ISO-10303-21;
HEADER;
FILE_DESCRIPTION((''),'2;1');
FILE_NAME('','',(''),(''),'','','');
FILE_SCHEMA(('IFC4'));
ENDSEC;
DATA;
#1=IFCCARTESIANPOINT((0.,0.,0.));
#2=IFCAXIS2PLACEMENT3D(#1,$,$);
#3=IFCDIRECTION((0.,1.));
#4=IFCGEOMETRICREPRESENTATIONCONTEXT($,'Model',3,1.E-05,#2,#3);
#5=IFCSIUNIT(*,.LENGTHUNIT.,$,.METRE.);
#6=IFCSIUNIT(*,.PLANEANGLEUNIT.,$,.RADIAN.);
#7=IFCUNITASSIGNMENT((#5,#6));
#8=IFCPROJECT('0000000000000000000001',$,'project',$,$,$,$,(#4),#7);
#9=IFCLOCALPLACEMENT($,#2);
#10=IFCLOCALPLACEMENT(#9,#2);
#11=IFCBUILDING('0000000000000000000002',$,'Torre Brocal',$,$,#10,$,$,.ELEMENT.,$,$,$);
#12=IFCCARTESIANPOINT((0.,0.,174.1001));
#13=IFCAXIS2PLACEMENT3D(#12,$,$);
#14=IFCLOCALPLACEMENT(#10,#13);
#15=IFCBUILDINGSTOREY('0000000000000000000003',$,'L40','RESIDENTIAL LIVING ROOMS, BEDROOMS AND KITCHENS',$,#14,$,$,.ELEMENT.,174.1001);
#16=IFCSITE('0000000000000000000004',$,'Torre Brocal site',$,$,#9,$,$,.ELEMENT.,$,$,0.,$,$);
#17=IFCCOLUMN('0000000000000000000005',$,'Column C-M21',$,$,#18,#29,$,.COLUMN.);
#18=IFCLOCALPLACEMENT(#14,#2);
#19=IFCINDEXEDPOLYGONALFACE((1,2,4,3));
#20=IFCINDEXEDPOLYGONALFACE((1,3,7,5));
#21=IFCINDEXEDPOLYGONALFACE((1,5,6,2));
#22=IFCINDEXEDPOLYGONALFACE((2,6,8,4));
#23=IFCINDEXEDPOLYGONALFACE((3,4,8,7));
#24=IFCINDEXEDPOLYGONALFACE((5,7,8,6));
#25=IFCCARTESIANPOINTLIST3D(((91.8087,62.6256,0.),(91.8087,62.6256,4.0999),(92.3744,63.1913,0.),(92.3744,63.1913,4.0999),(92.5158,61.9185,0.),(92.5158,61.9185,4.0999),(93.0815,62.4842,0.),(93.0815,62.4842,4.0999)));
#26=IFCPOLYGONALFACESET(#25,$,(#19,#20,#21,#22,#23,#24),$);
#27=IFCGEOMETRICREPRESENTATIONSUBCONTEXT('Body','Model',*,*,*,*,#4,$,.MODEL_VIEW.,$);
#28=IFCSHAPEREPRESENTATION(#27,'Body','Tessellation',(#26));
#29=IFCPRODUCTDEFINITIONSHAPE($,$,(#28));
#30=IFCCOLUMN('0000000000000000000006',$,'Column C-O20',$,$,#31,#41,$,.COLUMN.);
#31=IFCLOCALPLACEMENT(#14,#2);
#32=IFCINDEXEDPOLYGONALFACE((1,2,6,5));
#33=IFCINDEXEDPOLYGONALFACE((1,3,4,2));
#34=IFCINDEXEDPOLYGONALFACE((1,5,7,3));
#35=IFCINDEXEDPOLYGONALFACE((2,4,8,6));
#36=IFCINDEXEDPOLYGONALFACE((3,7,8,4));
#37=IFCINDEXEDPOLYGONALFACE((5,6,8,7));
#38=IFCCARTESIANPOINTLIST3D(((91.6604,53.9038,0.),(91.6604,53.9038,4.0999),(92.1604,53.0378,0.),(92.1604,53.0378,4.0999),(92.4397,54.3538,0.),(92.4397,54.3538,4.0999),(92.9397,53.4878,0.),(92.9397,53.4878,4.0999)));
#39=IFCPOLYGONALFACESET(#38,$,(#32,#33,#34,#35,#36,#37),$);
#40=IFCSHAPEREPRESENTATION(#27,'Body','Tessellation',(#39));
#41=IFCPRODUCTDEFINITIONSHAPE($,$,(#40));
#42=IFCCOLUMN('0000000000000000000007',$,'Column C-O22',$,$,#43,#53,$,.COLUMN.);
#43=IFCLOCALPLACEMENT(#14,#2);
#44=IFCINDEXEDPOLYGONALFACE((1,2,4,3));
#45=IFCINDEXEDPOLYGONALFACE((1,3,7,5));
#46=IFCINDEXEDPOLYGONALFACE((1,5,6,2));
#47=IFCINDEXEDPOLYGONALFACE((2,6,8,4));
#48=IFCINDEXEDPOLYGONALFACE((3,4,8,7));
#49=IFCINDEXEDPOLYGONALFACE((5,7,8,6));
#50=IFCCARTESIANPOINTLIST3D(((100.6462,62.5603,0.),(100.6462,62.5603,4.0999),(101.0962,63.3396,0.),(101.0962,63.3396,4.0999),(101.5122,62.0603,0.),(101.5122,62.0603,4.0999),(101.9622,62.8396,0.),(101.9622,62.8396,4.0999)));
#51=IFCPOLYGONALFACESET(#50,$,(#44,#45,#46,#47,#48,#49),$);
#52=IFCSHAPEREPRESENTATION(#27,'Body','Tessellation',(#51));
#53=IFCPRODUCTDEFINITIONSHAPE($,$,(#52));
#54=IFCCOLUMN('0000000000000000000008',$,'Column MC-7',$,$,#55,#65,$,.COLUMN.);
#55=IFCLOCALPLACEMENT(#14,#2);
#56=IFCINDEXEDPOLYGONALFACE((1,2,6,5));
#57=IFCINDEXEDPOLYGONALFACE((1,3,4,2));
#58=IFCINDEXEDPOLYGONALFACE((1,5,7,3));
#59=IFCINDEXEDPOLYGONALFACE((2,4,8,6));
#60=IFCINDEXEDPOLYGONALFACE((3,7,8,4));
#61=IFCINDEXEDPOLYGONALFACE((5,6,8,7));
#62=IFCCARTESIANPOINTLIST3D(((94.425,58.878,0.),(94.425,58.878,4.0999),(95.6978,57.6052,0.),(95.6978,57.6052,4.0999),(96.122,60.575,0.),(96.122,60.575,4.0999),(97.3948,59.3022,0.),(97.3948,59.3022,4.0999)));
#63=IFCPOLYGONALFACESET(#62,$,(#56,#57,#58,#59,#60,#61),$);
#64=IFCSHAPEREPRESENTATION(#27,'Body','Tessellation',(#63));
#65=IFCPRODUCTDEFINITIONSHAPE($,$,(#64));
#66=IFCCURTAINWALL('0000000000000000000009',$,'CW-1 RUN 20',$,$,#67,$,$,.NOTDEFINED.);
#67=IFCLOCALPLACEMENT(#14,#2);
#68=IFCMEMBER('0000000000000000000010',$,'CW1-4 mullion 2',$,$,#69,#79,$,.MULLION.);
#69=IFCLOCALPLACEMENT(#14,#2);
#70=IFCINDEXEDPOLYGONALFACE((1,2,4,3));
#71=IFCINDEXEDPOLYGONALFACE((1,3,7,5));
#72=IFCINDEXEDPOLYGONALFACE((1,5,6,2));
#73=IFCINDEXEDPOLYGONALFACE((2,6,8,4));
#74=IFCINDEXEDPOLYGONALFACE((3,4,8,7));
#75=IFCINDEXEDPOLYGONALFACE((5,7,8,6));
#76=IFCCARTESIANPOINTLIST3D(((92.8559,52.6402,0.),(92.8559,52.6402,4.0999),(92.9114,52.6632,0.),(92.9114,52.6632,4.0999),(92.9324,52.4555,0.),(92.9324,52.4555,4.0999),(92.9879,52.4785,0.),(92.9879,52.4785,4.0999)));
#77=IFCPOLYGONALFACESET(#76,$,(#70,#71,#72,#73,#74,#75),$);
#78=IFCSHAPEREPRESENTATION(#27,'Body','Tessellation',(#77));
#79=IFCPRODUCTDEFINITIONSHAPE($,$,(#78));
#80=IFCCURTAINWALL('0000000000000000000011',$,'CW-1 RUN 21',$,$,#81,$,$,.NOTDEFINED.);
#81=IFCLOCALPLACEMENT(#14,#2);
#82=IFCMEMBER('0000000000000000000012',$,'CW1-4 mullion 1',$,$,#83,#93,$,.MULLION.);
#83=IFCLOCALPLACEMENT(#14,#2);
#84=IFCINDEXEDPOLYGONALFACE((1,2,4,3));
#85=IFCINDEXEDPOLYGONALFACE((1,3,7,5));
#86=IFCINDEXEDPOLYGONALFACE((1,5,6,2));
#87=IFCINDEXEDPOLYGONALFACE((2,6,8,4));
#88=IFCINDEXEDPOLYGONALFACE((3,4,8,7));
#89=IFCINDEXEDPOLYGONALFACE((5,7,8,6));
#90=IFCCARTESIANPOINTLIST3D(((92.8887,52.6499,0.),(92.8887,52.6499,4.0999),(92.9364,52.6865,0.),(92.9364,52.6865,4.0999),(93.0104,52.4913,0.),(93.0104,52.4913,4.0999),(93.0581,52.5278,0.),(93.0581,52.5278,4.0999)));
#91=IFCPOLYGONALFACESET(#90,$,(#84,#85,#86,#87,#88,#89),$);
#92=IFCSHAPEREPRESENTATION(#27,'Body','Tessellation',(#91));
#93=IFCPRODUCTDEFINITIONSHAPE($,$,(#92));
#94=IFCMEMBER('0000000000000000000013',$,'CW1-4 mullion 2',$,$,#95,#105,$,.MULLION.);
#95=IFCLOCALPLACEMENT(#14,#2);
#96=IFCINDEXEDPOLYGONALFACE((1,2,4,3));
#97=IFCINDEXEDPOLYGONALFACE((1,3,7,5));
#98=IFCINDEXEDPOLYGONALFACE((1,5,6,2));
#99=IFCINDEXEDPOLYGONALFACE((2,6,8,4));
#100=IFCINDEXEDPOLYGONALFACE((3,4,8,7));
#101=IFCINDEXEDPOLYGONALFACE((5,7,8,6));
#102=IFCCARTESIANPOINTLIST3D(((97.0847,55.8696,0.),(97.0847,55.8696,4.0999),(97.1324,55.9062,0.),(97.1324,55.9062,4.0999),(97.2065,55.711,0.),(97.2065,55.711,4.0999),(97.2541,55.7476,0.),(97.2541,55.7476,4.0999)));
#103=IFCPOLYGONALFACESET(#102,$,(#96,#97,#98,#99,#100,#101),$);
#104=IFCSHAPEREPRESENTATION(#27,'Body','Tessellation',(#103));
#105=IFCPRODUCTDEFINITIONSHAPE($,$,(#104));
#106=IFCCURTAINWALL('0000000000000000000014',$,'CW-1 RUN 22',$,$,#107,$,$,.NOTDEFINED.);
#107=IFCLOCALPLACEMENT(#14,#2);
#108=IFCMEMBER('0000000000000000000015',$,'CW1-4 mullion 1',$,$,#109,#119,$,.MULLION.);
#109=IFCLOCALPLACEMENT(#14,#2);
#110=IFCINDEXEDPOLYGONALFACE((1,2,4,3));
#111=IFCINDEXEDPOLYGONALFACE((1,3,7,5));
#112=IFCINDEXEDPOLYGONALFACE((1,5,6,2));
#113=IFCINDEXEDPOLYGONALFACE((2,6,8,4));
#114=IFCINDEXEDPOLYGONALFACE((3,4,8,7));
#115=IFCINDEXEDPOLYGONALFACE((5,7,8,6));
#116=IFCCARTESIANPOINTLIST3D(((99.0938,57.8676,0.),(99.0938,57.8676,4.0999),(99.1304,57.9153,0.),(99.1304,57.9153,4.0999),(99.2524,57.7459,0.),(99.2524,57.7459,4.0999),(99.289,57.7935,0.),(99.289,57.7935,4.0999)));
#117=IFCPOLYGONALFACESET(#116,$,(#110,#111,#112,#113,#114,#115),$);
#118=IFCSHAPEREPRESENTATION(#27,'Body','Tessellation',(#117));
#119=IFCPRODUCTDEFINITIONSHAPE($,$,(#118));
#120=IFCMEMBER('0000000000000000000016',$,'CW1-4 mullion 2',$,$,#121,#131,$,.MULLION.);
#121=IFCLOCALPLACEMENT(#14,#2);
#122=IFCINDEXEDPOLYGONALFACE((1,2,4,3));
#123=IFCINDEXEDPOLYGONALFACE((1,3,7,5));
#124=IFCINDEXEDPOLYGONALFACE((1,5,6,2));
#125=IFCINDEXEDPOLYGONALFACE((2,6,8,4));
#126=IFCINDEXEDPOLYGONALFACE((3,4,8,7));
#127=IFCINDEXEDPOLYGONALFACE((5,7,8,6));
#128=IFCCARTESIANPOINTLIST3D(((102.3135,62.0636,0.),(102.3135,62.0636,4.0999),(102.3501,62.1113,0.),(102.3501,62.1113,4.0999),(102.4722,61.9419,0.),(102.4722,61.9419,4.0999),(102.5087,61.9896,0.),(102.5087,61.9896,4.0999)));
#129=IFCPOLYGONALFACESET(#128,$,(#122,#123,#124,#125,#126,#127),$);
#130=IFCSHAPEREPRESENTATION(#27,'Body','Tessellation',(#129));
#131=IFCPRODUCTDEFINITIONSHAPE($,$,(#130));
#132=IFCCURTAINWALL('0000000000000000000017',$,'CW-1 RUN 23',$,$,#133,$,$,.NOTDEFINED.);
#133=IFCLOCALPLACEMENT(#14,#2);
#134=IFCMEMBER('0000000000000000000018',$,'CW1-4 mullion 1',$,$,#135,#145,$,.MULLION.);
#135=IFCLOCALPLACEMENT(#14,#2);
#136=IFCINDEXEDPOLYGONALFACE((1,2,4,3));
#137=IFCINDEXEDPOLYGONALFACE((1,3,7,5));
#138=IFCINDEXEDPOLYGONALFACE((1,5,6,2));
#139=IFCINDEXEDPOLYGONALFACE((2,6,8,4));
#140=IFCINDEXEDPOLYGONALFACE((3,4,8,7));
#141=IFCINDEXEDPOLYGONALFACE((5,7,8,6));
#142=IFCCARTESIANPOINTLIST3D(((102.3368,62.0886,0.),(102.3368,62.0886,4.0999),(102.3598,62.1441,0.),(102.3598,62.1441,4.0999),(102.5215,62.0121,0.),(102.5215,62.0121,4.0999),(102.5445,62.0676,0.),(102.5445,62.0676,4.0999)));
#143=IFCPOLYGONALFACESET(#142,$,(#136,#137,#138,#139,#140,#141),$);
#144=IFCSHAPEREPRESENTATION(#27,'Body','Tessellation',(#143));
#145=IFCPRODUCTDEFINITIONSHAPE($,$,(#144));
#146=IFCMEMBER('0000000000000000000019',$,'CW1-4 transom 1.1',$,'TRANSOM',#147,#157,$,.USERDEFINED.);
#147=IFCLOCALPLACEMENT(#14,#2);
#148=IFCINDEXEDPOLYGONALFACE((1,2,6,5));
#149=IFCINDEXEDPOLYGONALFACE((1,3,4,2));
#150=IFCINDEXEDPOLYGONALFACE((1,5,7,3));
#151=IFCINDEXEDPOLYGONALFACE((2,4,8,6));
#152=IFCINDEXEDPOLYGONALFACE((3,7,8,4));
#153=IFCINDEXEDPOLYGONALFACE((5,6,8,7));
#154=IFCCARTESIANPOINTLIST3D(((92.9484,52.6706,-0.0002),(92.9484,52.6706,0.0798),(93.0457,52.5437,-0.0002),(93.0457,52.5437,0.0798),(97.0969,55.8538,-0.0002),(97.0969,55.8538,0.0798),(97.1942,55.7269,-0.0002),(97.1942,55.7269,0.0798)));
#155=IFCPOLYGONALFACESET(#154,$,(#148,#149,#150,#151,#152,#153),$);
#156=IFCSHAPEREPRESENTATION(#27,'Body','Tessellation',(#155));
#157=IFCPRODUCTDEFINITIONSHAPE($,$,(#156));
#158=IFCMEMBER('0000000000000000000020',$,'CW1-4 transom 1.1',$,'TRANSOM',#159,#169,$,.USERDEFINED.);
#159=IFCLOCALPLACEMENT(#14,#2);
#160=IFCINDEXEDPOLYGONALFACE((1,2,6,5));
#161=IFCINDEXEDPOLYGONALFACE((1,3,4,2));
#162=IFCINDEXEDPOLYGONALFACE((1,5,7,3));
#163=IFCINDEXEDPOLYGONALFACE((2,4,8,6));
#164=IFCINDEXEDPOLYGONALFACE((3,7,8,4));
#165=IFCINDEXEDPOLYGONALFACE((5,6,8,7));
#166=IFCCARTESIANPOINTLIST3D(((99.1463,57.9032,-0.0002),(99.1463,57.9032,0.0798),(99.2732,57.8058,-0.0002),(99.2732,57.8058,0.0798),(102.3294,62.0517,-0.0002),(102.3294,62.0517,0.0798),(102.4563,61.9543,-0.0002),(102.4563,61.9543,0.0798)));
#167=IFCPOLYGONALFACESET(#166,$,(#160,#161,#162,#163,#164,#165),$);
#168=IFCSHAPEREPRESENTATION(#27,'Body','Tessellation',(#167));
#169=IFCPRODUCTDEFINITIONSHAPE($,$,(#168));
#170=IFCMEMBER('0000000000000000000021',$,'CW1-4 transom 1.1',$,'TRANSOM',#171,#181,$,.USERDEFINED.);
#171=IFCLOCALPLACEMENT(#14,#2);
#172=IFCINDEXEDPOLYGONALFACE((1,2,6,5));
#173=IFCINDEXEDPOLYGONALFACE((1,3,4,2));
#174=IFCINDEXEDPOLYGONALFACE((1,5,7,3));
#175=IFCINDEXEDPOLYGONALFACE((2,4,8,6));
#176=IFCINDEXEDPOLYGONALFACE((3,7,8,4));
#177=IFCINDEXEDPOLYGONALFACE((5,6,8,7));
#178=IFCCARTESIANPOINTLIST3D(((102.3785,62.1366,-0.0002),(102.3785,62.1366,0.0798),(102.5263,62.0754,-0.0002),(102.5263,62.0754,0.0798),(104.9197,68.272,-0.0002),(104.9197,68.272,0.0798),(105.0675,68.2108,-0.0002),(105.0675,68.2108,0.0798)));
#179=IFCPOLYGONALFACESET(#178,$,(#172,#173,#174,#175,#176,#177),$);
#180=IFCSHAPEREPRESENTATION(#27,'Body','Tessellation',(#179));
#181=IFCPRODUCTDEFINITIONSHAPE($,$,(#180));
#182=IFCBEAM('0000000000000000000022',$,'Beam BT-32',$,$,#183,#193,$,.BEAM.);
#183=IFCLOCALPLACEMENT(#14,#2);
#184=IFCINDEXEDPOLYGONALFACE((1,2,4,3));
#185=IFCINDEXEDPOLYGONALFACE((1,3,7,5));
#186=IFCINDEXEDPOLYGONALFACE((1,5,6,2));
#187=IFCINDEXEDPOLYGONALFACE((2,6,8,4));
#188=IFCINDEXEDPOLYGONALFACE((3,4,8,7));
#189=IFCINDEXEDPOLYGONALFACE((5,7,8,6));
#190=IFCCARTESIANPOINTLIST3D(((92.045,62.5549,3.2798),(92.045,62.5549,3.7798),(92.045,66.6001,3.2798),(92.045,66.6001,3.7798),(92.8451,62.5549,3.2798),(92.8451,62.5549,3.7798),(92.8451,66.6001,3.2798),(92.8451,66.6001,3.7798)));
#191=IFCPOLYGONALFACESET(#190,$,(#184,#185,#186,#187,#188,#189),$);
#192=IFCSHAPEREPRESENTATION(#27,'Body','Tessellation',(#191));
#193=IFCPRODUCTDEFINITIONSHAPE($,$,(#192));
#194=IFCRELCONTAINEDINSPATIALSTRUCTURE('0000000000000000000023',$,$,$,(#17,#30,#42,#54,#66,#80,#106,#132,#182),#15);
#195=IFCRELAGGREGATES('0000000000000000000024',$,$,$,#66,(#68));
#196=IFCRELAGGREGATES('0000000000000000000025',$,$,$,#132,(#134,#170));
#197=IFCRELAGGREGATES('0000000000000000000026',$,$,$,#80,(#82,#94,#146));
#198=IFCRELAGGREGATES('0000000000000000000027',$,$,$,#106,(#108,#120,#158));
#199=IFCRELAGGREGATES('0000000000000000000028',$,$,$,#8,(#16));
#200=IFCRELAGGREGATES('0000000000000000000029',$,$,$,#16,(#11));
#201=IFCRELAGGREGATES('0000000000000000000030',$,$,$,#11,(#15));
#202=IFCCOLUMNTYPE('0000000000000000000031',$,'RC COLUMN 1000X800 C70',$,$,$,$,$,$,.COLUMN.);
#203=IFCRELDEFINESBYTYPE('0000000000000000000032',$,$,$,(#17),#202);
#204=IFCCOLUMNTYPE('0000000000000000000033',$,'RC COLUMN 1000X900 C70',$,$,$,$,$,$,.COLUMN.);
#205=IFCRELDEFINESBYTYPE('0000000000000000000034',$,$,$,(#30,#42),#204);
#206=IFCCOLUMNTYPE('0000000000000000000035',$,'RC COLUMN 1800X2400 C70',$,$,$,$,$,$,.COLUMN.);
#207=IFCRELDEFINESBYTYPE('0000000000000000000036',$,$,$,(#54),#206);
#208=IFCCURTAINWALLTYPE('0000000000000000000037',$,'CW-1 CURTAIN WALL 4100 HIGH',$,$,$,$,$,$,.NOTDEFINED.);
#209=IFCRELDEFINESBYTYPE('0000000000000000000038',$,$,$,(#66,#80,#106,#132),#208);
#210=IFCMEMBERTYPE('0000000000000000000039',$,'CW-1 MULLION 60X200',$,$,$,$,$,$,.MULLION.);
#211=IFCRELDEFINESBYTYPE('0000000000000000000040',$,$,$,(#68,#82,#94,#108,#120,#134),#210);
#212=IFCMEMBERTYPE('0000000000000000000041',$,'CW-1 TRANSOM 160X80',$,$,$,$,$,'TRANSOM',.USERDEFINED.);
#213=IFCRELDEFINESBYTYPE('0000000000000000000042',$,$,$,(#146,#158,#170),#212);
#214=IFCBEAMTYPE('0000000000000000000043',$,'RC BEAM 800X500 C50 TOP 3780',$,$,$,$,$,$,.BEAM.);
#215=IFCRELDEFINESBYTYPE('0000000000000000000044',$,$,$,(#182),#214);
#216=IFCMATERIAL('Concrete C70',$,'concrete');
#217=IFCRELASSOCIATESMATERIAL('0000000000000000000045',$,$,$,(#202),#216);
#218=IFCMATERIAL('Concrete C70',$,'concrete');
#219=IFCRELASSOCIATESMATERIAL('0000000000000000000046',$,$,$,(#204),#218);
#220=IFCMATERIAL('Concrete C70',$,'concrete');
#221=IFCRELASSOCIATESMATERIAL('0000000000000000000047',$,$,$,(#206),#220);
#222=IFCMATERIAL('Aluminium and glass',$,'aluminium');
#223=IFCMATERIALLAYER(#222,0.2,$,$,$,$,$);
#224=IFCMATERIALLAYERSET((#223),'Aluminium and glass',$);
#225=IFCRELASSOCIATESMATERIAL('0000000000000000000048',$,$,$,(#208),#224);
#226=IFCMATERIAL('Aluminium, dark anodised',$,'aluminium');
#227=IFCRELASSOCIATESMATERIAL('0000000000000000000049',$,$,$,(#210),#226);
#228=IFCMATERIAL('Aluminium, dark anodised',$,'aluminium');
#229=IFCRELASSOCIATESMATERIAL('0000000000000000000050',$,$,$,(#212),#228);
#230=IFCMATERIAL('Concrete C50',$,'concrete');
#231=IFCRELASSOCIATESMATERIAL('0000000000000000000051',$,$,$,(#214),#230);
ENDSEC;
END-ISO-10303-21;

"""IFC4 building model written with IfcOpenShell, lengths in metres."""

from ifc_helpers import new_model, si_unit, direction, frame, origin, origin_2d, place, context, subcontext, project, spatial, rectangle, extrude, material, layer, layer_set, material_profile, profile_set, type_object, element, aggregate, save


model = new_model("IFC4")

# Units and contexts
model_context = context("Model", 3, precision=1e-05, world=origin(), true_north=direction((0.0, 1.0)))
body_context = subcontext(model_context, "Body", "Model", "MODEL_VIEW")
ifc_project = project(units=[si_unit("LENGTHUNIT", "METRE"), si_unit("PLANEANGLEUNIT", "RADIAN")], contexts=[model_context])

# Site, building, storey
site_placement = place(None, origin())
site = spatial("IfcSite", under=ifc_project, at=site_placement, Name="Torre Brocal site", CompositionType="ELEMENT", RefElevation=0.0)
building_placement = place(site_placement, origin())
building = spatial("IfcBuilding", under=site, at=building_placement, Name="Torre Brocal", CompositionType="ELEMENT")
storey_placement = place(building_placement, frame((0.0, 0.0, 174.1001)))
storey = spatial("IfcBuildingStorey", under=building, at=storey_placement, Name="L40", Description="RESIDENTIAL LIVING ROOMS, BEDROOMS AND KITCHENS", CompositionType="ELEMENT", Elevation=174.1001)

# Columns
ifc_material_1 = material(Name="Concrete C70", Category="concrete")
ifc_material_profile_1 = material_profile(ifc_material_1, rectangle(XDim=1.0, YDim=0.8, at=origin_2d()), Name="RC 1000X800")
ifc_profile_set_1 = profile_set([ifc_material_profile_1], Name="Concrete C70")
column_type_1 = type_object("IfcColumnType", Name="RC COLUMN 1000X800 C70", PredefinedType="COLUMN", material=ifc_profile_set_1)
column_1_placement = place(storey_placement, frame((92.4451, 62.5549, 0.0), z_axis=(0.0, 0.0, 1.0), x_axis=(0.707107, -0.707107, 0.0)))
element("IfcColumn", 1, at=column_1_placement, inside=storey, type_object=column_type_1, Name="Column C-M21", PredefinedType="COLUMN", context=body_context, shape_type="SweptSolid", body=[
    extrude(rectangle(XDim=1.0, YDim=0.8, at=origin_2d()), origin(), (0.0, 0.0, 1.0), 4.0999),
])
ifc_material_2 = material(Name="Concrete C70", Category="concrete")
ifc_material_profile_2 = material_profile(ifc_material_2, rectangle(XDim=1.0, YDim=0.8999, at=origin_2d()), Name="RC 1000X900")
ifc_profile_set_2 = profile_set([ifc_material_profile_2], Name="Concrete C70")
column_type_2 = type_object("IfcColumnType", Name="RC COLUMN 1000X900 C70", PredefinedType="COLUMN", material=ifc_profile_set_2)
for number, where, z_axis, x_axis, name in (
    (2, (92.3, 53.6958, 0.0), (0.0, 0.0, 1.0), (0.5, -0.866025, 0.0), "Column C-O20"),
    (3, (101.3042, 62.7, 0.0), (0.0, 0.0, 1.0), (0.866025, -0.5, 0.0), "Column C-O22"),
):
    element("IfcColumn", number, at=place(storey_placement, frame(where, z_axis=z_axis, x_axis=x_axis)), inside=storey, type_object=column_type_2, Name=name, PredefinedType="COLUMN", context=body_context, shape_type="SweptSolid", body=[
        extrude(rectangle(XDim=1.0, YDim=0.8999, at=origin_2d()), origin(), (0.0, 0.0, 1.0), 4.0999),
    ])
ifc_material_3 = material(Name="Concrete C70", Category="concrete")
ifc_material_profile_3 = material_profile(ifc_material_3, rectangle(XDim=1.8, YDim=2.3999, at=origin_2d()), Name="RC 1800X2400")
ifc_profile_set_3 = profile_set([ifc_material_profile_3], Name="Concrete C70")
column_type_3 = type_object("IfcColumnType", Name="RC COLUMN 1800X2400 C70", PredefinedType="COLUMN", material=ifc_profile_set_3)
column_2_placement = place(storey_placement, frame((95.9099, 59.0901, 0.0), z_axis=(0.0, 0.0, 1.0), x_axis=(0.707107, -0.707107, 0.0)))
element("IfcColumn", 4, at=column_2_placement, inside=storey, type_object=column_type_3, Name="Column MC-7", PredefinedType="COLUMN", context=body_context, shape_type="SweptSolid", body=[
    extrude(rectangle(XDim=1.8, YDim=2.3999, at=origin_2d()), origin(), (0.0, 0.0, 1.0), 4.0999),
])

# Curtain wall, member
ifc_material_4 = material(Name="Aluminium and glass", Category="aluminium")
ifc_layer_1 = layer(ifc_material_4, 0.2)
ifc_layer_set_1 = layer_set([ifc_layer_1], Name="Aluminium and glass")
curtain_wall_type = type_object("IfcCurtainWallType", Name="CW-1 CURTAIN WALL 4100 HIGH", PredefinedType="NOTDEFINED", material=ifc_layer_set_1)
curtain_wall_1_placement = place(storey_placement, origin())
curtain_wall_1 = element("IfcCurtainWall", 5, at=curtain_wall_1_placement, inside=storey, type_object=curtain_wall_type, Name="CW-1 RUN 20", PredefinedType="NOTDEFINED")
ifc_material_5 = material(Name="Aluminium, dark anodised", Category="aluminium")
ifc_material_profile_4 = material_profile(ifc_material_5, rectangle(XDim=0.2, YDim=0.0601, at=origin_2d()), Name="CW-1 MULLION 60X200")
ifc_profile_set_4 = profile_set([ifc_material_profile_4], Name="Aluminium, dark anodised")
member_type_1 = type_object("IfcMemberType", Name="CW-1 MULLION 60X200", PredefinedType="MULLION", material=ifc_profile_set_4)
member_1_placement = place(storey_placement, frame((92.9219, 52.5593, 0.0), z_axis=(0.0, 0.0, 1.0), x_axis=(-0.382683, 0.92388, 0.0)))
member_1 = element("IfcMember", 6, at=member_1_placement, type_object=member_type_1, Name="CW1-4 mullion 2", PredefinedType="MULLION", context=body_context, shape_type="SweptSolid", body=[
    extrude(rectangle(XDim=0.2, YDim=0.0601, at=origin_2d()), origin(), (0.0, 0.0, 1.0), 4.0999),
])
aggregate(curtain_wall_1, [member_1])

# Curtain walls, members
curtain_wall_2_placement = place(storey_placement, origin())
curtain_wall_2 = element("IfcCurtainWall", 7, at=curtain_wall_2_placement, inside=storey, type_object=curtain_wall_type, Name="CW-1 RUN 21", PredefinedType="NOTDEFINED")
member_2_placement = place(storey_placement, frame((92.9734, 52.5889, 0.0), z_axis=(0.0, 0.0, 1.0), x_axis=(-0.608761, 0.793353, 0.0)))
member_2 = element("IfcMember", 8, at=member_2_placement, type_object=member_type_1, Name="CW1-4 mullion 1", PredefinedType="MULLION", context=body_context, shape_type="SweptSolid", body=[
    extrude(rectangle(XDim=0.2, YDim=0.0601, at=origin_2d()), origin(), (0.0, 0.0, 1.0), 4.0999),
])
member_3_placement = place(storey_placement, frame((97.1694, 55.8086, 0.0), z_axis=(0.0, 0.0, 1.0), x_axis=(-0.608761, 0.793353, 0.0)))
member_3 = element("IfcMember", 9, at=member_3_placement, type_object=member_type_1, Name="CW1-4 mullion 2", PredefinedType="MULLION", context=body_context, shape_type="SweptSolid", body=[
    extrude(rectangle(XDim=0.2, YDim=0.0601, at=origin_2d()), origin(), (0.0, 0.0, 1.0), 4.0999),
])
curtain_wall_3_placement = place(storey_placement, origin())
curtain_wall_3 = element("IfcCurtainWall", 10, at=curtain_wall_3_placement, inside=storey, type_object=curtain_wall_type, Name="CW-1 RUN 22", PredefinedType="NOTDEFINED")
member_4_placement = place(storey_placement, frame((99.1914, 57.8306, 0.0), z_axis=(0.0, 0.0, 1.0), x_axis=(-0.793353, 0.608761, 0.0)))
member_4 = element("IfcMember", 11, at=member_4_placement, type_object=member_type_1, Name="CW1-4 mullion 1", PredefinedType="MULLION", context=body_context, shape_type="SweptSolid", body=[
    extrude(rectangle(XDim=0.2, YDim=0.0601, at=origin_2d()), origin(), (0.0, 0.0, 1.0), 4.0999),
])
member_5_placement = place(storey_placement, frame((102.4111, 62.0266, 0.0), z_axis=(0.0, 0.0, 1.0), x_axis=(-0.793353, 0.608761, 0.0)))
member_5 = element("IfcMember", 12, at=member_5_placement, type_object=member_type_1, Name="CW1-4 mullion 2", PredefinedType="MULLION", context=body_context, shape_type="SweptSolid", body=[
    extrude(rectangle(XDim=0.2, YDim=0.0601, at=origin_2d()), origin(), (0.0, 0.0, 1.0), 4.0999),
])

# Curtain wall, member
curtain_wall_4_placement = place(storey_placement, origin())
curtain_wall_4 = element("IfcCurtainWall", 13, at=curtain_wall_4_placement, inside=storey, type_object=curtain_wall_type, Name="CW-1 RUN 23", PredefinedType="NOTDEFINED")
member_6_placement = place(storey_placement, frame((102.4407, 62.0781, 0.0), z_axis=(0.0, 0.0, 1.0), x_axis=(-0.92388, 0.382683, 0.0)))
member_6 = element("IfcMember", 14, at=member_6_placement, type_object=member_type_1, Name="CW1-4 mullion 1", PredefinedType="MULLION", context=body_context, shape_type="SweptSolid", body=[
    extrude(rectangle(XDim=0.2, YDim=0.0601, at=origin_2d()), origin(), (0.0, 0.0, 1.0), 4.0999),
])

# Members
ifc_material_6 = material(Name="Aluminium, dark anodised", Category="aluminium")
ifc_material_profile_5 = material_profile(ifc_material_6, rectangle(XDim=0.1599, YDim=0.0801, at=origin_2d()), Name="CW-1 TRANSOM 160X80")
ifc_profile_set_5 = profile_set([ifc_material_profile_5], Name="Aluminium, dark anodised")
member_type_2 = type_object("IfcMemberType", Name="CW-1 TRANSOM 160X80", ElementType="TRANSOM", PredefinedType="USERDEFINED", material=ifc_profile_set_5)
member_7_placement = place(storey_placement, frame((92.9971, 52.6072, 0.0398), z_axis=(0.793363, 0.608749, 0.0), x_axis=(-0.608749, 0.793363, 0.0)))
member_7 = element("IfcMember", 15, at=member_7_placement, type_object=member_type_2, Name="CW1-4 transom 1.1", ObjectType="TRANSOM", PredefinedType="USERDEFINED", context=body_context, shape_type="SweptSolid", body=[
    extrude(rectangle(XDim=0.1599, YDim=0.0801, at=origin_2d()), origin(), (0.0, 0.0, 1.0), 5.229),
])
member_8_placement = place(storey_placement, frame((99.2097, 57.8545, 0.0398), z_axis=(0.608749, 0.793363, 0.0), x_axis=(-0.793363, 0.608749, 0.0)))
member_8 = element("IfcMember", 16, at=member_8_placement, type_object=member_type_2, Name="CW1-4 transom 1.1", ObjectType="TRANSOM", PredefinedType="USERDEFINED", context=body_context, shape_type="SweptSolid", body=[
    extrude(rectangle(XDim=0.1599, YDim=0.0801, at=origin_2d()), origin(), (0.0, 0.0, 1.0), 5.229),
])
member_9_placement = place(storey_placement, frame((102.4524, 62.106, 0.0398), z_axis=(0.382665, 0.923887, 0.0), x_axis=(-0.923887, 0.382665, 0.0)))
member_9 = element("IfcMember", 17, at=member_9_placement, type_object=member_type_2, Name="CW1-4 transom 1.1", ObjectType="TRANSOM", PredefinedType="USERDEFINED", context=body_context, shape_type="SweptSolid", body=[
    extrude(rectangle(XDim=0.1599, YDim=0.0801, at=origin_2d()), origin(), (0.0, 0.0, 1.0), 6.6409),
])
aggregate(curtain_wall_4, [member_6, member_9])

# Beam
ifc_material_7 = material(Name="Concrete C50", Category="concrete")
ifc_material_profile_6 = material_profile(ifc_material_7, rectangle(XDim=0.8, YDim=0.5, at=origin_2d()), Name="RC 800X500")
ifc_profile_set_6 = profile_set([ifc_material_profile_6], Name="Concrete C50")
beam_type_1 = type_object("IfcBeamType", Name="RC BEAM 800X500 C50 TOP 3780", PredefinedType="BEAM", material=ifc_profile_set_6)
beam_placement = place(storey_placement, frame((92.4451, 62.5549, 3.5298), z_axis=(0.0, 1.0, 0.0), x_axis=(-1.0, 0.0, 0.0)))
element("IfcBeam", 18, at=beam_placement, inside=storey, type_object=beam_type_1, Name="Beam BT-32", PredefinedType="BEAM", context=body_context, shape_type="SweptSolid", body=[
    extrude(rectangle(XDim=0.8, YDim=0.5, at=origin_2d()), origin(), (0.0, 0.0, 1.0), 4.0452),
])

aggregate(curtain_wall_2, [member_2, member_3, member_7])
aggregate(curtain_wall_3, [member_4, member_5, member_8])

save(model, "model.ifc")
